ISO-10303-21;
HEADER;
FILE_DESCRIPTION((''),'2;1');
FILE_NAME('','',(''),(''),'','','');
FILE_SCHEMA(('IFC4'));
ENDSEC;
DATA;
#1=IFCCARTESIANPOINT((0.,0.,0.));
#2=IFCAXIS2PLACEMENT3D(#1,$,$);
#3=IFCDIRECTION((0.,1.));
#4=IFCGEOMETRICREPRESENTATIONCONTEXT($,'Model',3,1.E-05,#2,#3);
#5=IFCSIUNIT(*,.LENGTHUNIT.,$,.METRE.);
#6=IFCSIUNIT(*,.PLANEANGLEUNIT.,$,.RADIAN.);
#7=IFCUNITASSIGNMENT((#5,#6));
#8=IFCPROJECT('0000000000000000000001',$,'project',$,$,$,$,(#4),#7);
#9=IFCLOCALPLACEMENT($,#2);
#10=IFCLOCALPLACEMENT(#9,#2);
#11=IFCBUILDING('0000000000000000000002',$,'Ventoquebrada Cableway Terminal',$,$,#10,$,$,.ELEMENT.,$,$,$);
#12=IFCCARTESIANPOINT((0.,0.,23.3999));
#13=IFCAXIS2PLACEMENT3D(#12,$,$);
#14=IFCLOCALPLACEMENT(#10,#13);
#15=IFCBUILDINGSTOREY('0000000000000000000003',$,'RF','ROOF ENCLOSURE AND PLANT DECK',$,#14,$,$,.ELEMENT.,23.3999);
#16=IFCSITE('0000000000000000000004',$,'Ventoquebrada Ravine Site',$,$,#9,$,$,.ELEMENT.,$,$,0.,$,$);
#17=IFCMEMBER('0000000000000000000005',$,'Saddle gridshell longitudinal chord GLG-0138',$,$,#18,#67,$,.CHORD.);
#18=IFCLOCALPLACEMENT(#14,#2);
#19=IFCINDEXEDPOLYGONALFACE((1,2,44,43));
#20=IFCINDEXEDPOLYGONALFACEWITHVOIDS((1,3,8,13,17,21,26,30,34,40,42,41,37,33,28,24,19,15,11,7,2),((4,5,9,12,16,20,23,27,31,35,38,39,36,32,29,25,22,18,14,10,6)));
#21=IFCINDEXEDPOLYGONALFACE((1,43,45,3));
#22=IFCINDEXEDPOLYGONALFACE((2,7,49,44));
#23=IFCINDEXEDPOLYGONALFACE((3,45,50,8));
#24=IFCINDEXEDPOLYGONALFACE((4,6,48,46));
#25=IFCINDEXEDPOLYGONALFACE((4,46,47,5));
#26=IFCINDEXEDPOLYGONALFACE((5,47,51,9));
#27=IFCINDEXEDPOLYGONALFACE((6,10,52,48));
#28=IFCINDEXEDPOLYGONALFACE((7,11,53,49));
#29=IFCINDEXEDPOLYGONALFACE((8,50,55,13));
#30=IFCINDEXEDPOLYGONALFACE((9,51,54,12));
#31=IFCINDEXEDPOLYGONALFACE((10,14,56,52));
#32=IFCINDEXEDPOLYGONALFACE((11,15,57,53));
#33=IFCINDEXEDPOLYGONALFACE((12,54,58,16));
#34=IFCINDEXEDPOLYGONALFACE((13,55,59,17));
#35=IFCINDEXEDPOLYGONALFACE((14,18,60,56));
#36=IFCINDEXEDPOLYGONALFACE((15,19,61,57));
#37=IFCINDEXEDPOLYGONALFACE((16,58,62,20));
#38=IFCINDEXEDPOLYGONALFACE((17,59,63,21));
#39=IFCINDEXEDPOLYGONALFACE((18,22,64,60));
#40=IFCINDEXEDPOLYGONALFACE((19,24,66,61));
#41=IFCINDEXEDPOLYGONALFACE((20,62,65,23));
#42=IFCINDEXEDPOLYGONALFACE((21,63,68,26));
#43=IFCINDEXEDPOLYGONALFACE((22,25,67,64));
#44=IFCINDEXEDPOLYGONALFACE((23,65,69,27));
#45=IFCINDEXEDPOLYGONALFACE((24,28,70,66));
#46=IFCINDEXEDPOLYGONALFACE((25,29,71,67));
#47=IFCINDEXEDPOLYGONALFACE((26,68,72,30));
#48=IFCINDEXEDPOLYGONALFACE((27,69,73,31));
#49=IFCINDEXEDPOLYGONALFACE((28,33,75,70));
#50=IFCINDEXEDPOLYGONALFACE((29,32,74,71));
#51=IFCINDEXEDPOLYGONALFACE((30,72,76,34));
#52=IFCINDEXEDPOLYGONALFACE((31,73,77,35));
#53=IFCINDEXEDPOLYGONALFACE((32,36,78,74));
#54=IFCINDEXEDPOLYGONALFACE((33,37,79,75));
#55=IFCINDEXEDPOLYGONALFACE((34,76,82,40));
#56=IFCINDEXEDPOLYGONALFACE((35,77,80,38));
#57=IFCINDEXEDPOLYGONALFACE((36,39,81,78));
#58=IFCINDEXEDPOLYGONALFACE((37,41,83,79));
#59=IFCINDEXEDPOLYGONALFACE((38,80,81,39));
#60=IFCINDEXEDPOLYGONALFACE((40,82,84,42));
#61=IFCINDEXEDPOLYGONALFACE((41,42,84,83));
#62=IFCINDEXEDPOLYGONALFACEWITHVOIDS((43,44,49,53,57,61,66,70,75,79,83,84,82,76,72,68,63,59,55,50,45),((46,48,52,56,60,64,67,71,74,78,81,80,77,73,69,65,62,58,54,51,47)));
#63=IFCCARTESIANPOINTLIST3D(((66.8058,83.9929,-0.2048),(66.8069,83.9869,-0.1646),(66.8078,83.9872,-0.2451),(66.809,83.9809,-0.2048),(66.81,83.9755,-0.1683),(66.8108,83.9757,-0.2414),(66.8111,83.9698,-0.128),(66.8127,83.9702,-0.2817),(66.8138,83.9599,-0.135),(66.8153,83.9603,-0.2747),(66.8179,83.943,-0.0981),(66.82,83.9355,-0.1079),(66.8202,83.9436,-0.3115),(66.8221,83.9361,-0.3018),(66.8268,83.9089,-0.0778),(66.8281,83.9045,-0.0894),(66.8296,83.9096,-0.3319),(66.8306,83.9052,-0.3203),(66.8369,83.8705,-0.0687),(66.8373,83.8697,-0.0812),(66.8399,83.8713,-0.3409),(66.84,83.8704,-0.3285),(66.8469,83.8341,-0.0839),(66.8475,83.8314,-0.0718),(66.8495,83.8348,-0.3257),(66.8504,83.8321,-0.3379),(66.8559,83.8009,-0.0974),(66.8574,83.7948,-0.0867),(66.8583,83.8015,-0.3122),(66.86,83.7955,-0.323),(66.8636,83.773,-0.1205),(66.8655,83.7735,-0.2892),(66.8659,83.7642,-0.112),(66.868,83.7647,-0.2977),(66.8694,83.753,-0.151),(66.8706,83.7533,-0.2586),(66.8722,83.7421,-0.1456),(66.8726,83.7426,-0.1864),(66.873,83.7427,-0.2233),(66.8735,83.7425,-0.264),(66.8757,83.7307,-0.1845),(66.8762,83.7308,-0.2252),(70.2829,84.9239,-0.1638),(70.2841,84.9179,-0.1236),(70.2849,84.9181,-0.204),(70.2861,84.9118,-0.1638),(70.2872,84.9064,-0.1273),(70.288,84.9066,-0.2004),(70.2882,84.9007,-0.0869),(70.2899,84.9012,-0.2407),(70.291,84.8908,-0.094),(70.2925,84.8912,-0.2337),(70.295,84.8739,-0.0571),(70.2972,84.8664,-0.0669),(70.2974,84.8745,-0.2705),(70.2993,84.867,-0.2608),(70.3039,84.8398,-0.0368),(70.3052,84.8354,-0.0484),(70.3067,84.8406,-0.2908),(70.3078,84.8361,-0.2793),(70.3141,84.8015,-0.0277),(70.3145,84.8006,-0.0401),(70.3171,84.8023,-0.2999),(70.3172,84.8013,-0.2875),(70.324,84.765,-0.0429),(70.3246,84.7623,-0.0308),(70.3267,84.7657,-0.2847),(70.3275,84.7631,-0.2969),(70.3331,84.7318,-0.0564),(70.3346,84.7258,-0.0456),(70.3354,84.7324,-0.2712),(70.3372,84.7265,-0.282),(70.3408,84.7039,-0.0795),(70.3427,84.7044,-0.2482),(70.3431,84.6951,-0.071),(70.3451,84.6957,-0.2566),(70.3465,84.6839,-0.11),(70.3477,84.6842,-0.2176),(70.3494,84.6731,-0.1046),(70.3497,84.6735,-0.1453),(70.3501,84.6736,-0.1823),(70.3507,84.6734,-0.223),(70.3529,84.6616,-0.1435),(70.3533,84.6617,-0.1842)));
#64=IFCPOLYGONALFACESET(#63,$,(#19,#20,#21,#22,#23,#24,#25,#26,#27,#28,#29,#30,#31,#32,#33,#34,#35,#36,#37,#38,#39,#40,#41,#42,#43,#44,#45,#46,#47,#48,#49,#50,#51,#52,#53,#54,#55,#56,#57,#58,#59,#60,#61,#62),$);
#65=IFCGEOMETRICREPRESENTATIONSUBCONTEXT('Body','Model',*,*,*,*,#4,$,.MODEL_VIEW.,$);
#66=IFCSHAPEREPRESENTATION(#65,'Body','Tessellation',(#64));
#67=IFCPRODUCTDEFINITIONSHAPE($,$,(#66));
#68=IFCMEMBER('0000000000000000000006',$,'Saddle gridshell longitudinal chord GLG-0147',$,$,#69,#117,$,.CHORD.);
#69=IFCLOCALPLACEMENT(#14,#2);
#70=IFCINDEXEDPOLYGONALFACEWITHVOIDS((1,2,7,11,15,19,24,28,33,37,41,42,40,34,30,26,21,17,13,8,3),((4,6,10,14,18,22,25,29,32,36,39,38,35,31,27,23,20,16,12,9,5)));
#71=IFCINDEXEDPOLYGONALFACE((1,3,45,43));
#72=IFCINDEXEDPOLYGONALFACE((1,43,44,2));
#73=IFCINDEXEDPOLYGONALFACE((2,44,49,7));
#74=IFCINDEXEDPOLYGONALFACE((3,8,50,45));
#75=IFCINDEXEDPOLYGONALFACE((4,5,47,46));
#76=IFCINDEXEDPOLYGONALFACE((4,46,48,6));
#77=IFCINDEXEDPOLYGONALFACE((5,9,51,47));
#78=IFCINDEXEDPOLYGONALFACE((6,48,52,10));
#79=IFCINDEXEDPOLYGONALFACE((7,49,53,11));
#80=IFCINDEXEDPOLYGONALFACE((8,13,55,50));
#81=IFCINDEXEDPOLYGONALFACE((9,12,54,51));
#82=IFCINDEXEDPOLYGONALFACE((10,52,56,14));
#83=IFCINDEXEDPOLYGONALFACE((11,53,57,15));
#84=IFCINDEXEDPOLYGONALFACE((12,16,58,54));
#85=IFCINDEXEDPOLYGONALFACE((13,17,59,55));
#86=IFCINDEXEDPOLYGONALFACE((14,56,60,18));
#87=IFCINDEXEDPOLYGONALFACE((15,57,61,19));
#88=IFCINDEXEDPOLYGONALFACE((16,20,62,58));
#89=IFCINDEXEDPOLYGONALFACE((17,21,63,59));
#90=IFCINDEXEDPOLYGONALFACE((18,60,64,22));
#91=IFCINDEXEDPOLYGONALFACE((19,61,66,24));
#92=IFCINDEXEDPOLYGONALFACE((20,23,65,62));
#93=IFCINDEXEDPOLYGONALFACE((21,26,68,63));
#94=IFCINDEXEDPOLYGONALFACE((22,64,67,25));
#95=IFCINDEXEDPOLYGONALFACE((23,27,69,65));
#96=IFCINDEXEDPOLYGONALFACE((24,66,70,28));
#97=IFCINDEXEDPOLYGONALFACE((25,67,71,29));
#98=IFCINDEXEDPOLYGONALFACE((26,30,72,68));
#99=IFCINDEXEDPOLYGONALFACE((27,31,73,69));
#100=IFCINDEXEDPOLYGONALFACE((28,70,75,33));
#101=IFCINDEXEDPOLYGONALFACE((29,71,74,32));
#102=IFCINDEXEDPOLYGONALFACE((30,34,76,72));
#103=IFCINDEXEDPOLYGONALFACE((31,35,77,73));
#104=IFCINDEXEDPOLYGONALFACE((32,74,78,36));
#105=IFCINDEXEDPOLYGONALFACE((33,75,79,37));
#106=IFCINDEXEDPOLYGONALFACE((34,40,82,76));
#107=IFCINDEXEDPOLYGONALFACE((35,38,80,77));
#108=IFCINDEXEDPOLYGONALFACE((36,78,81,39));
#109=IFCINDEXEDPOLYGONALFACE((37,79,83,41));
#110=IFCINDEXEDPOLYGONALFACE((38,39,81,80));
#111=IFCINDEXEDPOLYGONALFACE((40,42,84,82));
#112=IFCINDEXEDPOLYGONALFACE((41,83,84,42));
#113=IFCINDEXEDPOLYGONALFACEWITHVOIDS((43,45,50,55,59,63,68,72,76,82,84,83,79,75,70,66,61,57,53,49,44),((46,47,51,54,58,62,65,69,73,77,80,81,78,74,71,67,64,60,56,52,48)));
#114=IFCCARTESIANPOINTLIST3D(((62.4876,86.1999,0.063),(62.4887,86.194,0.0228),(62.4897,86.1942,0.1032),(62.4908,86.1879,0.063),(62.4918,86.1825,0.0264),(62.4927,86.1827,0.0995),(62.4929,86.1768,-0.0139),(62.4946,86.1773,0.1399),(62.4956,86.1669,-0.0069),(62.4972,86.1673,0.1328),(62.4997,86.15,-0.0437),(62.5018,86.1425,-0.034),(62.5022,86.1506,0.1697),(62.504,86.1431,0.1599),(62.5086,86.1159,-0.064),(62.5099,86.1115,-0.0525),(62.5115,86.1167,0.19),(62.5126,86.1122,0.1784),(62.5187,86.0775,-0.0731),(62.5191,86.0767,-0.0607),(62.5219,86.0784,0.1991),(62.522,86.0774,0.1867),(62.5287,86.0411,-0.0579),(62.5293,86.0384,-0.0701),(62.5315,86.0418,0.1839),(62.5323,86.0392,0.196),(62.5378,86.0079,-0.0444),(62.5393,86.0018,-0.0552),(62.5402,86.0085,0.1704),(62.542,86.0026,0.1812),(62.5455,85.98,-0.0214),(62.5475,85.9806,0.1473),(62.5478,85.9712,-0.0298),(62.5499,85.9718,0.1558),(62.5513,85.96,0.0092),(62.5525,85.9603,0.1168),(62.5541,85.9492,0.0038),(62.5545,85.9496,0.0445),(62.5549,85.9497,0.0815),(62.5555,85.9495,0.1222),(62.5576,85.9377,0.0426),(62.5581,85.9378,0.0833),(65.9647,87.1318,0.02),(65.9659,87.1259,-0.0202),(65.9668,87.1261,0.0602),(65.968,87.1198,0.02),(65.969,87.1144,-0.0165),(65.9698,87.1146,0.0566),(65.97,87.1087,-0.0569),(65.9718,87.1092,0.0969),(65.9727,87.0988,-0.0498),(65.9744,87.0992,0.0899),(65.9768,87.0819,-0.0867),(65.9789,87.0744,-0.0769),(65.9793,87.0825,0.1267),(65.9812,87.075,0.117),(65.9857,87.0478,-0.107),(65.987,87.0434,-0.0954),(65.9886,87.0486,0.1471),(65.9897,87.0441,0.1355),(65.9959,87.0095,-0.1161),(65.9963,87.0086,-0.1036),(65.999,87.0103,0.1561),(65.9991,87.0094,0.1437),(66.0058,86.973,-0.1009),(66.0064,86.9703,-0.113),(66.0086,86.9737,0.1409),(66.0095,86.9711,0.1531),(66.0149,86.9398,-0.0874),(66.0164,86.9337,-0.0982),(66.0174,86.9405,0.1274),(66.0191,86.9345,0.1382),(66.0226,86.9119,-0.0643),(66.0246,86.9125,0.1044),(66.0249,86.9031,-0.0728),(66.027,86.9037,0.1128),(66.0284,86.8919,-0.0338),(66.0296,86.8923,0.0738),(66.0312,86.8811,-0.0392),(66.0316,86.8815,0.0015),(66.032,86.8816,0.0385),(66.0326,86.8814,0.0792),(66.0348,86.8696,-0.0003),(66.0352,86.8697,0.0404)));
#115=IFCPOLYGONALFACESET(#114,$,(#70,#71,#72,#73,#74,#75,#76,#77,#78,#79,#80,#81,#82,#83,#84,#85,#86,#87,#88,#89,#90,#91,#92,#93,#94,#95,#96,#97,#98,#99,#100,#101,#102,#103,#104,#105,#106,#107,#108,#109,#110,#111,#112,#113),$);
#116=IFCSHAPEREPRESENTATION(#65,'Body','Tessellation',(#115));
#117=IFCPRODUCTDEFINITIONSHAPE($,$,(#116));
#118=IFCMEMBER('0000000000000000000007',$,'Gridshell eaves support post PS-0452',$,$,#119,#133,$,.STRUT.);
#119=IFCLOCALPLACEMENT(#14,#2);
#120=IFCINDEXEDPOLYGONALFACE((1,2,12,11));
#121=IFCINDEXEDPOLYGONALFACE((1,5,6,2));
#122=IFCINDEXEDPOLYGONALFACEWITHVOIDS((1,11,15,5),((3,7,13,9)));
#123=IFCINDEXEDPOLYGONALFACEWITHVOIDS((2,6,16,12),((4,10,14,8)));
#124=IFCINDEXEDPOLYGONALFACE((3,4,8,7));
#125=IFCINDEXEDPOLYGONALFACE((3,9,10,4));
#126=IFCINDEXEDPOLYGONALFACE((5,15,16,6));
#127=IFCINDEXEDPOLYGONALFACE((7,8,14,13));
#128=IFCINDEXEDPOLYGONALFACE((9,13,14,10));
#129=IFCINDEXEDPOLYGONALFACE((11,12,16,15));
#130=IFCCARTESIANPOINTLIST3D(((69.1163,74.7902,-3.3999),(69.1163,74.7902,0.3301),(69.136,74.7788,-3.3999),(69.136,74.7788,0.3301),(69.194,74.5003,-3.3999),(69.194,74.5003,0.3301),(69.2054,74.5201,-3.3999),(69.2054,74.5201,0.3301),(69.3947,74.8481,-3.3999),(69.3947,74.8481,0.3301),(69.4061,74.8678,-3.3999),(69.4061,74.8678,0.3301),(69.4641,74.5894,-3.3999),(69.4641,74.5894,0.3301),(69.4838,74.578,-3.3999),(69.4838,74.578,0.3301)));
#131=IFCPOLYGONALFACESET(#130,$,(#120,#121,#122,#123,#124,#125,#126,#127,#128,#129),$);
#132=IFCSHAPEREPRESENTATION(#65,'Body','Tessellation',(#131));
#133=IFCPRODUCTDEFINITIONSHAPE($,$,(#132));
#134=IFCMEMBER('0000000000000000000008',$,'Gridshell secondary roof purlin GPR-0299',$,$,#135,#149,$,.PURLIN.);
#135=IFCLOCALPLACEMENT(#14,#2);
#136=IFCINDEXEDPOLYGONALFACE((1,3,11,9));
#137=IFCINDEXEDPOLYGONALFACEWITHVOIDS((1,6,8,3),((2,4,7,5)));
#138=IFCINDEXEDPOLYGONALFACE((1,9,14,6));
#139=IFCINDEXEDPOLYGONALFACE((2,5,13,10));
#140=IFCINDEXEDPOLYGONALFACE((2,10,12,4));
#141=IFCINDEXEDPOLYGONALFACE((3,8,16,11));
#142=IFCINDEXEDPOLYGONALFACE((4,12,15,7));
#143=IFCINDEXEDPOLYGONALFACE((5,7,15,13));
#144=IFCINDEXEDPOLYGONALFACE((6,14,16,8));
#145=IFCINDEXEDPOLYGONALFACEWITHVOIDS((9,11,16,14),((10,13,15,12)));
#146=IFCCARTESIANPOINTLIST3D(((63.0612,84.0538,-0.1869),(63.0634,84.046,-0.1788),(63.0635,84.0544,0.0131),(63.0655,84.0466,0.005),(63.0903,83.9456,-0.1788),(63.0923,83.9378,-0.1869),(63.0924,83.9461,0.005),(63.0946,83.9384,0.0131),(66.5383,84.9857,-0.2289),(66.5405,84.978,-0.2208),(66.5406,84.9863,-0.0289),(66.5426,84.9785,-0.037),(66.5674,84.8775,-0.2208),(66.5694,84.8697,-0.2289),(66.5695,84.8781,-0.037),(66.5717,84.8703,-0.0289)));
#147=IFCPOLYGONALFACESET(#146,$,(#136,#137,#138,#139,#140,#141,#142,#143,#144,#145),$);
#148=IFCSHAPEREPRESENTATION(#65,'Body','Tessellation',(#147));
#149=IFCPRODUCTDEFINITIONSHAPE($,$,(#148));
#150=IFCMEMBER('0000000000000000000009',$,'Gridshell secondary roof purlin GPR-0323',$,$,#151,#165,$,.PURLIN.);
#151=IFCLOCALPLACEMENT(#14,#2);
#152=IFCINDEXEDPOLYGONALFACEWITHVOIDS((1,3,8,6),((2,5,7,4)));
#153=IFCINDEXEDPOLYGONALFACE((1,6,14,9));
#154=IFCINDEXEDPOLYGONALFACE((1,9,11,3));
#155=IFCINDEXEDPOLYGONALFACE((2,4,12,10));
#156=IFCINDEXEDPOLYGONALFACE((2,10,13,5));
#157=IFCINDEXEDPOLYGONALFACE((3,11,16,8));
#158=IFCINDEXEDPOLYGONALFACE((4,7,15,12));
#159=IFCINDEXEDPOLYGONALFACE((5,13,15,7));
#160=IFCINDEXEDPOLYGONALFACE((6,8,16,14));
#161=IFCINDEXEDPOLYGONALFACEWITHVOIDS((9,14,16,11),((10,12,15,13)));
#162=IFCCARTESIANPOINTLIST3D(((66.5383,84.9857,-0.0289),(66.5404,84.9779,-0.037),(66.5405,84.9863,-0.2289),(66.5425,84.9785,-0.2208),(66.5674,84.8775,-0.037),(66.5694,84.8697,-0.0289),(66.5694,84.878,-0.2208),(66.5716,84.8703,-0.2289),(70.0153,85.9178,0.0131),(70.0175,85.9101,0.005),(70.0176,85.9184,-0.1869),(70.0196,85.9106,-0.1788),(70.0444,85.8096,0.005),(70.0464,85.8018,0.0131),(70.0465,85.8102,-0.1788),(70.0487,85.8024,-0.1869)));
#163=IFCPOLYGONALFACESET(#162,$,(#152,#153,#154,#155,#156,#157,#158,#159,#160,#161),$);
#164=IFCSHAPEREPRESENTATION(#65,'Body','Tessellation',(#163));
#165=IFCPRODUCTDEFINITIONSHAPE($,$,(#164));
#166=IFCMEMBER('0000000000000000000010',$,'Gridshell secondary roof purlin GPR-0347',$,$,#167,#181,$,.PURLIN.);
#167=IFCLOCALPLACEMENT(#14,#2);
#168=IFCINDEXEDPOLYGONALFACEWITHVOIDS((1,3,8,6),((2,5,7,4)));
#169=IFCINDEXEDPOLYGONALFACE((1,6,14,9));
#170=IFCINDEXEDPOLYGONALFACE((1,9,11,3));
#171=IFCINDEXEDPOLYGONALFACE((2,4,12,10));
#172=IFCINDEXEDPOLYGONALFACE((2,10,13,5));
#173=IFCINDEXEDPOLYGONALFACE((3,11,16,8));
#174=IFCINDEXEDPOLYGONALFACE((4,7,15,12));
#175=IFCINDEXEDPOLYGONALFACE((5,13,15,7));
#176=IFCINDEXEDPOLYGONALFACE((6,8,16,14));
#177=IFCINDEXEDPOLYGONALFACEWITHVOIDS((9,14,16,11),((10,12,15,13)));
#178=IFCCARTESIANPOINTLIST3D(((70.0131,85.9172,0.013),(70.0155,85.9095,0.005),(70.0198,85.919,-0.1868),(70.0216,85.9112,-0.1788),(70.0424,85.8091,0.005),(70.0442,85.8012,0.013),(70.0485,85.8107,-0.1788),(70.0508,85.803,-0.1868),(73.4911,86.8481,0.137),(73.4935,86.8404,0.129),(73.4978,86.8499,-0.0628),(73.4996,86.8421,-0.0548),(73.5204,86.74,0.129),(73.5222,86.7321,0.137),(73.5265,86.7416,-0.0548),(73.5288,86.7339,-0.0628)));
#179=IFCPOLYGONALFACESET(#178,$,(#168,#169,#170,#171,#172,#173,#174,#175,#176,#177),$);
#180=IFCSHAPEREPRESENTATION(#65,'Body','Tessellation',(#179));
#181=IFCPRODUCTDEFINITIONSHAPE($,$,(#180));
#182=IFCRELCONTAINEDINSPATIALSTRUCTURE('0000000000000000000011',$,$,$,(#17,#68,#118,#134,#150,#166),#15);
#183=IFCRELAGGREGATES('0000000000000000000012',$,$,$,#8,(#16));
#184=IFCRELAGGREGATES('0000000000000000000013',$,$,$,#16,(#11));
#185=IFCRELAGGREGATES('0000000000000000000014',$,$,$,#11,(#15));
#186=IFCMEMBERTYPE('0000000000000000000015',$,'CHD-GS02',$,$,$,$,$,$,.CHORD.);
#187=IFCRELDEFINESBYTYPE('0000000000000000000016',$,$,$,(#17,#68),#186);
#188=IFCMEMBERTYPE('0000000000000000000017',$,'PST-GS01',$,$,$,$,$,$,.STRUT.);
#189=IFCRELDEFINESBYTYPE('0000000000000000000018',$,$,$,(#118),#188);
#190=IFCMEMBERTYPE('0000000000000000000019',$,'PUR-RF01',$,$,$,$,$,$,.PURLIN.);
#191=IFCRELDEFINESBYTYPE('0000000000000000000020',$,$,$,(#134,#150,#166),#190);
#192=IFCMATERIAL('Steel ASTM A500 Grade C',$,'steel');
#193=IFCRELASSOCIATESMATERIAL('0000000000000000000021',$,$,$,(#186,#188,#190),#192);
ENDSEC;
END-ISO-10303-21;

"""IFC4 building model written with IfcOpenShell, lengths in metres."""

from ifc_helpers import new_model, si_unit, direction, frame, origin, origin_2d, place, context, subcontext, project, spatial, hollow_rectangle, hollow_circle, extrude, material, material_profile, profile_set, type_object, element, save


model = new_model("IFC4")

# Units and contexts
model_context = context("Model", 3, precision=1e-05, world=origin(), true_north=direction((0.0, 1.0)))
body_context = subcontext(model_context, "Body", "Model", "MODEL_VIEW")
ifc_project = project(units=[si_unit("LENGTHUNIT", "METRE"), si_unit("PLANEANGLEUNIT", "RADIAN")], contexts=[model_context])

# Site, building, storey
site_placement = place(None, origin())
site = spatial("IfcSite", under=ifc_project, at=site_placement, Name="Ventoquebrada Ravine Site", CompositionType="ELEMENT", RefElevation=0.0)
building_placement = place(site_placement, origin())
building = spatial("IfcBuilding", under=site, at=building_placement, Name="Ventoquebrada Cableway Terminal", CompositionType="ELEMENT")
storey_placement = place(building_placement, frame((0.0, 0.0, 23.3999)))
storey = spatial("IfcBuildingStorey", under=building, at=storey_placement, Name="RF", Description="ROOF ENCLOSURE AND PLANT DECK", CompositionType="ELEMENT", Elevation=23.3999)

# Members
ifc_material_1 = material(Name="Steel ASTM A500 Grade C", Category="steel")
ifc_material_profile_1 = material_profile(ifc_material_1, hollow_circle(Radius=0.1365, WallThickness=0.0125, at=origin_2d()), Name="CHS273.0X12.5")
ifc_profile_set_1 = profile_set([ifc_material_profile_1], Name="Steel ASTM A500 Grade C")
member_type_1 = type_object("IfcMemberType", Name="CHD-GS02", PredefinedType="CHORD", material=ifc_profile_set_1)
member_1_placement = place(storey_placement, frame((66.8411, 83.8611, -0.2048), z_axis=(0.965916, 0.258604, 0.011394), x_axis=(-0.258621, 0.965979, 0.0)))
element("IfcMember", 1, at=member_1_placement, inside=storey, type_object=member_type_1, Name="Saddle gridshell longitudinal chord GLG-0138", PredefinedType="CHORD", context=body_context, shape_type="SweptSolid", body=[
    extrude(hollow_circle(Radius=0.1365, WallThickness=0.0125, at=origin_2d()), origin(), (0.0, 0.0, 1.0), 3.5999),
])
member_2_placement = place(storey_placement, frame((62.5229, 86.0681, 0.063), z_axis=(0.965842, 0.258856, -0.011936), x_axis=(-0.258874, 0.965911, 0.0)))
element("IfcMember", 2, at=member_2_placement, inside=storey, type_object=member_type_1, Name="Saddle gridshell longitudinal chord GLG-0147", PredefinedType="CHORD", context=body_context, shape_type="SweptSolid", body=[
    extrude(hollow_circle(Radius=0.1365, WallThickness=0.0125, at=origin_2d()), origin(), (0.0, 0.0, 1.0), 3.6001),
])
ifc_material_profile_2 = material_profile(ifc_material_1, hollow_rectangle(XDim=0.3, YDim=0.3, WallThickness=0.0161, at=origin_2d()), Name="HSS300X300X16")
ifc_profile_set_2 = profile_set([ifc_material_profile_2], Name="Steel ASTM A500 Grade C")
member_type_2 = type_object("IfcMemberType", Name="PST-GS01", PredefinedType="STRUT", material=ifc_profile_set_2)
member_3_placement = place(storey_placement, frame((69.3, 74.6841, -3.3999), z_axis=(0.0, 0.0, 1.0), x_axis=(0.965926, 0.258819, 0.0)))
element("IfcMember", 3, at=member_3_placement, inside=storey, type_object=member_type_2, Name="Gridshell eaves support post PS-0452", PredefinedType="STRUT", context=body_context, shape_type="SweptSolid", body=[
    extrude(hollow_rectangle(XDim=0.3, YDim=0.3, WallThickness=0.0161, at=origin_2d()), origin(), (0.0, 0.0, 1.0), 3.73),
])
ifc_material_profile_3 = material_profile(ifc_material_1, hollow_rectangle(XDim=0.1201, YDim=0.2, WallThickness=0.0081, at=origin_2d()), Name="RHS200X120X8")
ifc_profile_set_3 = profile_set([ifc_material_profile_3], Name="Steel ASTM A500 Grade C")
member_type_3 = type_object("IfcMemberType", Name="PUR-RF01", PredefinedType="PURLIN", material=ifc_profile_set_3)
for number, where, z_axis, x_axis, name in (
    (4, (63.0779, 83.9961, -0.0869), (0.965845, 0.258856, -0.011664), (-0.258874, 0.965911, 0.0), "Gridshell secondary roof purlin GPR-0299"),
    (5, (66.5549, 84.928, -0.1289), (0.965828, 0.25892, 0.011664), (-0.258937, 0.965894, 0.0), "Gridshell secondary roof purlin GPR-0323"),
):
    element("IfcMember", number, at=place(storey_placement, frame(where, z_axis=z_axis, x_axis=x_axis)), inside=storey, type_object=member_type_3, Name=name, PredefinedType="PURLIN", context=body_context, shape_type="SweptSolid", body=[
        extrude(hollow_rectangle(XDim=0.1201, YDim=0.2, WallThickness=0.0081, at=origin_2d()), origin(), (0.0, 0.0, 1.0), 3.6001),
    ])
member_4_placement = place(storey_placement, frame((70.032, 85.8601, -0.0869), z_axis=(0.965424, 0.2584, 0.034426), x_axis=(-0.258553, 0.965997, 0.0)))
element("IfcMember", 6, at=member_4_placement, inside=storey, type_object=member_type_3, Name="Gridshell secondary roof purlin GPR-0347", PredefinedType="PURLIN", context=body_context, shape_type="SweptSolid", body=[
    extrude(hollow_rectangle(XDim=0.1201, YDim=0.2, WallThickness=0.0081, at=origin_2d()), origin(), (0.0, 0.0, 1.0), 3.6025),
])

save(model, "model.ifc")
